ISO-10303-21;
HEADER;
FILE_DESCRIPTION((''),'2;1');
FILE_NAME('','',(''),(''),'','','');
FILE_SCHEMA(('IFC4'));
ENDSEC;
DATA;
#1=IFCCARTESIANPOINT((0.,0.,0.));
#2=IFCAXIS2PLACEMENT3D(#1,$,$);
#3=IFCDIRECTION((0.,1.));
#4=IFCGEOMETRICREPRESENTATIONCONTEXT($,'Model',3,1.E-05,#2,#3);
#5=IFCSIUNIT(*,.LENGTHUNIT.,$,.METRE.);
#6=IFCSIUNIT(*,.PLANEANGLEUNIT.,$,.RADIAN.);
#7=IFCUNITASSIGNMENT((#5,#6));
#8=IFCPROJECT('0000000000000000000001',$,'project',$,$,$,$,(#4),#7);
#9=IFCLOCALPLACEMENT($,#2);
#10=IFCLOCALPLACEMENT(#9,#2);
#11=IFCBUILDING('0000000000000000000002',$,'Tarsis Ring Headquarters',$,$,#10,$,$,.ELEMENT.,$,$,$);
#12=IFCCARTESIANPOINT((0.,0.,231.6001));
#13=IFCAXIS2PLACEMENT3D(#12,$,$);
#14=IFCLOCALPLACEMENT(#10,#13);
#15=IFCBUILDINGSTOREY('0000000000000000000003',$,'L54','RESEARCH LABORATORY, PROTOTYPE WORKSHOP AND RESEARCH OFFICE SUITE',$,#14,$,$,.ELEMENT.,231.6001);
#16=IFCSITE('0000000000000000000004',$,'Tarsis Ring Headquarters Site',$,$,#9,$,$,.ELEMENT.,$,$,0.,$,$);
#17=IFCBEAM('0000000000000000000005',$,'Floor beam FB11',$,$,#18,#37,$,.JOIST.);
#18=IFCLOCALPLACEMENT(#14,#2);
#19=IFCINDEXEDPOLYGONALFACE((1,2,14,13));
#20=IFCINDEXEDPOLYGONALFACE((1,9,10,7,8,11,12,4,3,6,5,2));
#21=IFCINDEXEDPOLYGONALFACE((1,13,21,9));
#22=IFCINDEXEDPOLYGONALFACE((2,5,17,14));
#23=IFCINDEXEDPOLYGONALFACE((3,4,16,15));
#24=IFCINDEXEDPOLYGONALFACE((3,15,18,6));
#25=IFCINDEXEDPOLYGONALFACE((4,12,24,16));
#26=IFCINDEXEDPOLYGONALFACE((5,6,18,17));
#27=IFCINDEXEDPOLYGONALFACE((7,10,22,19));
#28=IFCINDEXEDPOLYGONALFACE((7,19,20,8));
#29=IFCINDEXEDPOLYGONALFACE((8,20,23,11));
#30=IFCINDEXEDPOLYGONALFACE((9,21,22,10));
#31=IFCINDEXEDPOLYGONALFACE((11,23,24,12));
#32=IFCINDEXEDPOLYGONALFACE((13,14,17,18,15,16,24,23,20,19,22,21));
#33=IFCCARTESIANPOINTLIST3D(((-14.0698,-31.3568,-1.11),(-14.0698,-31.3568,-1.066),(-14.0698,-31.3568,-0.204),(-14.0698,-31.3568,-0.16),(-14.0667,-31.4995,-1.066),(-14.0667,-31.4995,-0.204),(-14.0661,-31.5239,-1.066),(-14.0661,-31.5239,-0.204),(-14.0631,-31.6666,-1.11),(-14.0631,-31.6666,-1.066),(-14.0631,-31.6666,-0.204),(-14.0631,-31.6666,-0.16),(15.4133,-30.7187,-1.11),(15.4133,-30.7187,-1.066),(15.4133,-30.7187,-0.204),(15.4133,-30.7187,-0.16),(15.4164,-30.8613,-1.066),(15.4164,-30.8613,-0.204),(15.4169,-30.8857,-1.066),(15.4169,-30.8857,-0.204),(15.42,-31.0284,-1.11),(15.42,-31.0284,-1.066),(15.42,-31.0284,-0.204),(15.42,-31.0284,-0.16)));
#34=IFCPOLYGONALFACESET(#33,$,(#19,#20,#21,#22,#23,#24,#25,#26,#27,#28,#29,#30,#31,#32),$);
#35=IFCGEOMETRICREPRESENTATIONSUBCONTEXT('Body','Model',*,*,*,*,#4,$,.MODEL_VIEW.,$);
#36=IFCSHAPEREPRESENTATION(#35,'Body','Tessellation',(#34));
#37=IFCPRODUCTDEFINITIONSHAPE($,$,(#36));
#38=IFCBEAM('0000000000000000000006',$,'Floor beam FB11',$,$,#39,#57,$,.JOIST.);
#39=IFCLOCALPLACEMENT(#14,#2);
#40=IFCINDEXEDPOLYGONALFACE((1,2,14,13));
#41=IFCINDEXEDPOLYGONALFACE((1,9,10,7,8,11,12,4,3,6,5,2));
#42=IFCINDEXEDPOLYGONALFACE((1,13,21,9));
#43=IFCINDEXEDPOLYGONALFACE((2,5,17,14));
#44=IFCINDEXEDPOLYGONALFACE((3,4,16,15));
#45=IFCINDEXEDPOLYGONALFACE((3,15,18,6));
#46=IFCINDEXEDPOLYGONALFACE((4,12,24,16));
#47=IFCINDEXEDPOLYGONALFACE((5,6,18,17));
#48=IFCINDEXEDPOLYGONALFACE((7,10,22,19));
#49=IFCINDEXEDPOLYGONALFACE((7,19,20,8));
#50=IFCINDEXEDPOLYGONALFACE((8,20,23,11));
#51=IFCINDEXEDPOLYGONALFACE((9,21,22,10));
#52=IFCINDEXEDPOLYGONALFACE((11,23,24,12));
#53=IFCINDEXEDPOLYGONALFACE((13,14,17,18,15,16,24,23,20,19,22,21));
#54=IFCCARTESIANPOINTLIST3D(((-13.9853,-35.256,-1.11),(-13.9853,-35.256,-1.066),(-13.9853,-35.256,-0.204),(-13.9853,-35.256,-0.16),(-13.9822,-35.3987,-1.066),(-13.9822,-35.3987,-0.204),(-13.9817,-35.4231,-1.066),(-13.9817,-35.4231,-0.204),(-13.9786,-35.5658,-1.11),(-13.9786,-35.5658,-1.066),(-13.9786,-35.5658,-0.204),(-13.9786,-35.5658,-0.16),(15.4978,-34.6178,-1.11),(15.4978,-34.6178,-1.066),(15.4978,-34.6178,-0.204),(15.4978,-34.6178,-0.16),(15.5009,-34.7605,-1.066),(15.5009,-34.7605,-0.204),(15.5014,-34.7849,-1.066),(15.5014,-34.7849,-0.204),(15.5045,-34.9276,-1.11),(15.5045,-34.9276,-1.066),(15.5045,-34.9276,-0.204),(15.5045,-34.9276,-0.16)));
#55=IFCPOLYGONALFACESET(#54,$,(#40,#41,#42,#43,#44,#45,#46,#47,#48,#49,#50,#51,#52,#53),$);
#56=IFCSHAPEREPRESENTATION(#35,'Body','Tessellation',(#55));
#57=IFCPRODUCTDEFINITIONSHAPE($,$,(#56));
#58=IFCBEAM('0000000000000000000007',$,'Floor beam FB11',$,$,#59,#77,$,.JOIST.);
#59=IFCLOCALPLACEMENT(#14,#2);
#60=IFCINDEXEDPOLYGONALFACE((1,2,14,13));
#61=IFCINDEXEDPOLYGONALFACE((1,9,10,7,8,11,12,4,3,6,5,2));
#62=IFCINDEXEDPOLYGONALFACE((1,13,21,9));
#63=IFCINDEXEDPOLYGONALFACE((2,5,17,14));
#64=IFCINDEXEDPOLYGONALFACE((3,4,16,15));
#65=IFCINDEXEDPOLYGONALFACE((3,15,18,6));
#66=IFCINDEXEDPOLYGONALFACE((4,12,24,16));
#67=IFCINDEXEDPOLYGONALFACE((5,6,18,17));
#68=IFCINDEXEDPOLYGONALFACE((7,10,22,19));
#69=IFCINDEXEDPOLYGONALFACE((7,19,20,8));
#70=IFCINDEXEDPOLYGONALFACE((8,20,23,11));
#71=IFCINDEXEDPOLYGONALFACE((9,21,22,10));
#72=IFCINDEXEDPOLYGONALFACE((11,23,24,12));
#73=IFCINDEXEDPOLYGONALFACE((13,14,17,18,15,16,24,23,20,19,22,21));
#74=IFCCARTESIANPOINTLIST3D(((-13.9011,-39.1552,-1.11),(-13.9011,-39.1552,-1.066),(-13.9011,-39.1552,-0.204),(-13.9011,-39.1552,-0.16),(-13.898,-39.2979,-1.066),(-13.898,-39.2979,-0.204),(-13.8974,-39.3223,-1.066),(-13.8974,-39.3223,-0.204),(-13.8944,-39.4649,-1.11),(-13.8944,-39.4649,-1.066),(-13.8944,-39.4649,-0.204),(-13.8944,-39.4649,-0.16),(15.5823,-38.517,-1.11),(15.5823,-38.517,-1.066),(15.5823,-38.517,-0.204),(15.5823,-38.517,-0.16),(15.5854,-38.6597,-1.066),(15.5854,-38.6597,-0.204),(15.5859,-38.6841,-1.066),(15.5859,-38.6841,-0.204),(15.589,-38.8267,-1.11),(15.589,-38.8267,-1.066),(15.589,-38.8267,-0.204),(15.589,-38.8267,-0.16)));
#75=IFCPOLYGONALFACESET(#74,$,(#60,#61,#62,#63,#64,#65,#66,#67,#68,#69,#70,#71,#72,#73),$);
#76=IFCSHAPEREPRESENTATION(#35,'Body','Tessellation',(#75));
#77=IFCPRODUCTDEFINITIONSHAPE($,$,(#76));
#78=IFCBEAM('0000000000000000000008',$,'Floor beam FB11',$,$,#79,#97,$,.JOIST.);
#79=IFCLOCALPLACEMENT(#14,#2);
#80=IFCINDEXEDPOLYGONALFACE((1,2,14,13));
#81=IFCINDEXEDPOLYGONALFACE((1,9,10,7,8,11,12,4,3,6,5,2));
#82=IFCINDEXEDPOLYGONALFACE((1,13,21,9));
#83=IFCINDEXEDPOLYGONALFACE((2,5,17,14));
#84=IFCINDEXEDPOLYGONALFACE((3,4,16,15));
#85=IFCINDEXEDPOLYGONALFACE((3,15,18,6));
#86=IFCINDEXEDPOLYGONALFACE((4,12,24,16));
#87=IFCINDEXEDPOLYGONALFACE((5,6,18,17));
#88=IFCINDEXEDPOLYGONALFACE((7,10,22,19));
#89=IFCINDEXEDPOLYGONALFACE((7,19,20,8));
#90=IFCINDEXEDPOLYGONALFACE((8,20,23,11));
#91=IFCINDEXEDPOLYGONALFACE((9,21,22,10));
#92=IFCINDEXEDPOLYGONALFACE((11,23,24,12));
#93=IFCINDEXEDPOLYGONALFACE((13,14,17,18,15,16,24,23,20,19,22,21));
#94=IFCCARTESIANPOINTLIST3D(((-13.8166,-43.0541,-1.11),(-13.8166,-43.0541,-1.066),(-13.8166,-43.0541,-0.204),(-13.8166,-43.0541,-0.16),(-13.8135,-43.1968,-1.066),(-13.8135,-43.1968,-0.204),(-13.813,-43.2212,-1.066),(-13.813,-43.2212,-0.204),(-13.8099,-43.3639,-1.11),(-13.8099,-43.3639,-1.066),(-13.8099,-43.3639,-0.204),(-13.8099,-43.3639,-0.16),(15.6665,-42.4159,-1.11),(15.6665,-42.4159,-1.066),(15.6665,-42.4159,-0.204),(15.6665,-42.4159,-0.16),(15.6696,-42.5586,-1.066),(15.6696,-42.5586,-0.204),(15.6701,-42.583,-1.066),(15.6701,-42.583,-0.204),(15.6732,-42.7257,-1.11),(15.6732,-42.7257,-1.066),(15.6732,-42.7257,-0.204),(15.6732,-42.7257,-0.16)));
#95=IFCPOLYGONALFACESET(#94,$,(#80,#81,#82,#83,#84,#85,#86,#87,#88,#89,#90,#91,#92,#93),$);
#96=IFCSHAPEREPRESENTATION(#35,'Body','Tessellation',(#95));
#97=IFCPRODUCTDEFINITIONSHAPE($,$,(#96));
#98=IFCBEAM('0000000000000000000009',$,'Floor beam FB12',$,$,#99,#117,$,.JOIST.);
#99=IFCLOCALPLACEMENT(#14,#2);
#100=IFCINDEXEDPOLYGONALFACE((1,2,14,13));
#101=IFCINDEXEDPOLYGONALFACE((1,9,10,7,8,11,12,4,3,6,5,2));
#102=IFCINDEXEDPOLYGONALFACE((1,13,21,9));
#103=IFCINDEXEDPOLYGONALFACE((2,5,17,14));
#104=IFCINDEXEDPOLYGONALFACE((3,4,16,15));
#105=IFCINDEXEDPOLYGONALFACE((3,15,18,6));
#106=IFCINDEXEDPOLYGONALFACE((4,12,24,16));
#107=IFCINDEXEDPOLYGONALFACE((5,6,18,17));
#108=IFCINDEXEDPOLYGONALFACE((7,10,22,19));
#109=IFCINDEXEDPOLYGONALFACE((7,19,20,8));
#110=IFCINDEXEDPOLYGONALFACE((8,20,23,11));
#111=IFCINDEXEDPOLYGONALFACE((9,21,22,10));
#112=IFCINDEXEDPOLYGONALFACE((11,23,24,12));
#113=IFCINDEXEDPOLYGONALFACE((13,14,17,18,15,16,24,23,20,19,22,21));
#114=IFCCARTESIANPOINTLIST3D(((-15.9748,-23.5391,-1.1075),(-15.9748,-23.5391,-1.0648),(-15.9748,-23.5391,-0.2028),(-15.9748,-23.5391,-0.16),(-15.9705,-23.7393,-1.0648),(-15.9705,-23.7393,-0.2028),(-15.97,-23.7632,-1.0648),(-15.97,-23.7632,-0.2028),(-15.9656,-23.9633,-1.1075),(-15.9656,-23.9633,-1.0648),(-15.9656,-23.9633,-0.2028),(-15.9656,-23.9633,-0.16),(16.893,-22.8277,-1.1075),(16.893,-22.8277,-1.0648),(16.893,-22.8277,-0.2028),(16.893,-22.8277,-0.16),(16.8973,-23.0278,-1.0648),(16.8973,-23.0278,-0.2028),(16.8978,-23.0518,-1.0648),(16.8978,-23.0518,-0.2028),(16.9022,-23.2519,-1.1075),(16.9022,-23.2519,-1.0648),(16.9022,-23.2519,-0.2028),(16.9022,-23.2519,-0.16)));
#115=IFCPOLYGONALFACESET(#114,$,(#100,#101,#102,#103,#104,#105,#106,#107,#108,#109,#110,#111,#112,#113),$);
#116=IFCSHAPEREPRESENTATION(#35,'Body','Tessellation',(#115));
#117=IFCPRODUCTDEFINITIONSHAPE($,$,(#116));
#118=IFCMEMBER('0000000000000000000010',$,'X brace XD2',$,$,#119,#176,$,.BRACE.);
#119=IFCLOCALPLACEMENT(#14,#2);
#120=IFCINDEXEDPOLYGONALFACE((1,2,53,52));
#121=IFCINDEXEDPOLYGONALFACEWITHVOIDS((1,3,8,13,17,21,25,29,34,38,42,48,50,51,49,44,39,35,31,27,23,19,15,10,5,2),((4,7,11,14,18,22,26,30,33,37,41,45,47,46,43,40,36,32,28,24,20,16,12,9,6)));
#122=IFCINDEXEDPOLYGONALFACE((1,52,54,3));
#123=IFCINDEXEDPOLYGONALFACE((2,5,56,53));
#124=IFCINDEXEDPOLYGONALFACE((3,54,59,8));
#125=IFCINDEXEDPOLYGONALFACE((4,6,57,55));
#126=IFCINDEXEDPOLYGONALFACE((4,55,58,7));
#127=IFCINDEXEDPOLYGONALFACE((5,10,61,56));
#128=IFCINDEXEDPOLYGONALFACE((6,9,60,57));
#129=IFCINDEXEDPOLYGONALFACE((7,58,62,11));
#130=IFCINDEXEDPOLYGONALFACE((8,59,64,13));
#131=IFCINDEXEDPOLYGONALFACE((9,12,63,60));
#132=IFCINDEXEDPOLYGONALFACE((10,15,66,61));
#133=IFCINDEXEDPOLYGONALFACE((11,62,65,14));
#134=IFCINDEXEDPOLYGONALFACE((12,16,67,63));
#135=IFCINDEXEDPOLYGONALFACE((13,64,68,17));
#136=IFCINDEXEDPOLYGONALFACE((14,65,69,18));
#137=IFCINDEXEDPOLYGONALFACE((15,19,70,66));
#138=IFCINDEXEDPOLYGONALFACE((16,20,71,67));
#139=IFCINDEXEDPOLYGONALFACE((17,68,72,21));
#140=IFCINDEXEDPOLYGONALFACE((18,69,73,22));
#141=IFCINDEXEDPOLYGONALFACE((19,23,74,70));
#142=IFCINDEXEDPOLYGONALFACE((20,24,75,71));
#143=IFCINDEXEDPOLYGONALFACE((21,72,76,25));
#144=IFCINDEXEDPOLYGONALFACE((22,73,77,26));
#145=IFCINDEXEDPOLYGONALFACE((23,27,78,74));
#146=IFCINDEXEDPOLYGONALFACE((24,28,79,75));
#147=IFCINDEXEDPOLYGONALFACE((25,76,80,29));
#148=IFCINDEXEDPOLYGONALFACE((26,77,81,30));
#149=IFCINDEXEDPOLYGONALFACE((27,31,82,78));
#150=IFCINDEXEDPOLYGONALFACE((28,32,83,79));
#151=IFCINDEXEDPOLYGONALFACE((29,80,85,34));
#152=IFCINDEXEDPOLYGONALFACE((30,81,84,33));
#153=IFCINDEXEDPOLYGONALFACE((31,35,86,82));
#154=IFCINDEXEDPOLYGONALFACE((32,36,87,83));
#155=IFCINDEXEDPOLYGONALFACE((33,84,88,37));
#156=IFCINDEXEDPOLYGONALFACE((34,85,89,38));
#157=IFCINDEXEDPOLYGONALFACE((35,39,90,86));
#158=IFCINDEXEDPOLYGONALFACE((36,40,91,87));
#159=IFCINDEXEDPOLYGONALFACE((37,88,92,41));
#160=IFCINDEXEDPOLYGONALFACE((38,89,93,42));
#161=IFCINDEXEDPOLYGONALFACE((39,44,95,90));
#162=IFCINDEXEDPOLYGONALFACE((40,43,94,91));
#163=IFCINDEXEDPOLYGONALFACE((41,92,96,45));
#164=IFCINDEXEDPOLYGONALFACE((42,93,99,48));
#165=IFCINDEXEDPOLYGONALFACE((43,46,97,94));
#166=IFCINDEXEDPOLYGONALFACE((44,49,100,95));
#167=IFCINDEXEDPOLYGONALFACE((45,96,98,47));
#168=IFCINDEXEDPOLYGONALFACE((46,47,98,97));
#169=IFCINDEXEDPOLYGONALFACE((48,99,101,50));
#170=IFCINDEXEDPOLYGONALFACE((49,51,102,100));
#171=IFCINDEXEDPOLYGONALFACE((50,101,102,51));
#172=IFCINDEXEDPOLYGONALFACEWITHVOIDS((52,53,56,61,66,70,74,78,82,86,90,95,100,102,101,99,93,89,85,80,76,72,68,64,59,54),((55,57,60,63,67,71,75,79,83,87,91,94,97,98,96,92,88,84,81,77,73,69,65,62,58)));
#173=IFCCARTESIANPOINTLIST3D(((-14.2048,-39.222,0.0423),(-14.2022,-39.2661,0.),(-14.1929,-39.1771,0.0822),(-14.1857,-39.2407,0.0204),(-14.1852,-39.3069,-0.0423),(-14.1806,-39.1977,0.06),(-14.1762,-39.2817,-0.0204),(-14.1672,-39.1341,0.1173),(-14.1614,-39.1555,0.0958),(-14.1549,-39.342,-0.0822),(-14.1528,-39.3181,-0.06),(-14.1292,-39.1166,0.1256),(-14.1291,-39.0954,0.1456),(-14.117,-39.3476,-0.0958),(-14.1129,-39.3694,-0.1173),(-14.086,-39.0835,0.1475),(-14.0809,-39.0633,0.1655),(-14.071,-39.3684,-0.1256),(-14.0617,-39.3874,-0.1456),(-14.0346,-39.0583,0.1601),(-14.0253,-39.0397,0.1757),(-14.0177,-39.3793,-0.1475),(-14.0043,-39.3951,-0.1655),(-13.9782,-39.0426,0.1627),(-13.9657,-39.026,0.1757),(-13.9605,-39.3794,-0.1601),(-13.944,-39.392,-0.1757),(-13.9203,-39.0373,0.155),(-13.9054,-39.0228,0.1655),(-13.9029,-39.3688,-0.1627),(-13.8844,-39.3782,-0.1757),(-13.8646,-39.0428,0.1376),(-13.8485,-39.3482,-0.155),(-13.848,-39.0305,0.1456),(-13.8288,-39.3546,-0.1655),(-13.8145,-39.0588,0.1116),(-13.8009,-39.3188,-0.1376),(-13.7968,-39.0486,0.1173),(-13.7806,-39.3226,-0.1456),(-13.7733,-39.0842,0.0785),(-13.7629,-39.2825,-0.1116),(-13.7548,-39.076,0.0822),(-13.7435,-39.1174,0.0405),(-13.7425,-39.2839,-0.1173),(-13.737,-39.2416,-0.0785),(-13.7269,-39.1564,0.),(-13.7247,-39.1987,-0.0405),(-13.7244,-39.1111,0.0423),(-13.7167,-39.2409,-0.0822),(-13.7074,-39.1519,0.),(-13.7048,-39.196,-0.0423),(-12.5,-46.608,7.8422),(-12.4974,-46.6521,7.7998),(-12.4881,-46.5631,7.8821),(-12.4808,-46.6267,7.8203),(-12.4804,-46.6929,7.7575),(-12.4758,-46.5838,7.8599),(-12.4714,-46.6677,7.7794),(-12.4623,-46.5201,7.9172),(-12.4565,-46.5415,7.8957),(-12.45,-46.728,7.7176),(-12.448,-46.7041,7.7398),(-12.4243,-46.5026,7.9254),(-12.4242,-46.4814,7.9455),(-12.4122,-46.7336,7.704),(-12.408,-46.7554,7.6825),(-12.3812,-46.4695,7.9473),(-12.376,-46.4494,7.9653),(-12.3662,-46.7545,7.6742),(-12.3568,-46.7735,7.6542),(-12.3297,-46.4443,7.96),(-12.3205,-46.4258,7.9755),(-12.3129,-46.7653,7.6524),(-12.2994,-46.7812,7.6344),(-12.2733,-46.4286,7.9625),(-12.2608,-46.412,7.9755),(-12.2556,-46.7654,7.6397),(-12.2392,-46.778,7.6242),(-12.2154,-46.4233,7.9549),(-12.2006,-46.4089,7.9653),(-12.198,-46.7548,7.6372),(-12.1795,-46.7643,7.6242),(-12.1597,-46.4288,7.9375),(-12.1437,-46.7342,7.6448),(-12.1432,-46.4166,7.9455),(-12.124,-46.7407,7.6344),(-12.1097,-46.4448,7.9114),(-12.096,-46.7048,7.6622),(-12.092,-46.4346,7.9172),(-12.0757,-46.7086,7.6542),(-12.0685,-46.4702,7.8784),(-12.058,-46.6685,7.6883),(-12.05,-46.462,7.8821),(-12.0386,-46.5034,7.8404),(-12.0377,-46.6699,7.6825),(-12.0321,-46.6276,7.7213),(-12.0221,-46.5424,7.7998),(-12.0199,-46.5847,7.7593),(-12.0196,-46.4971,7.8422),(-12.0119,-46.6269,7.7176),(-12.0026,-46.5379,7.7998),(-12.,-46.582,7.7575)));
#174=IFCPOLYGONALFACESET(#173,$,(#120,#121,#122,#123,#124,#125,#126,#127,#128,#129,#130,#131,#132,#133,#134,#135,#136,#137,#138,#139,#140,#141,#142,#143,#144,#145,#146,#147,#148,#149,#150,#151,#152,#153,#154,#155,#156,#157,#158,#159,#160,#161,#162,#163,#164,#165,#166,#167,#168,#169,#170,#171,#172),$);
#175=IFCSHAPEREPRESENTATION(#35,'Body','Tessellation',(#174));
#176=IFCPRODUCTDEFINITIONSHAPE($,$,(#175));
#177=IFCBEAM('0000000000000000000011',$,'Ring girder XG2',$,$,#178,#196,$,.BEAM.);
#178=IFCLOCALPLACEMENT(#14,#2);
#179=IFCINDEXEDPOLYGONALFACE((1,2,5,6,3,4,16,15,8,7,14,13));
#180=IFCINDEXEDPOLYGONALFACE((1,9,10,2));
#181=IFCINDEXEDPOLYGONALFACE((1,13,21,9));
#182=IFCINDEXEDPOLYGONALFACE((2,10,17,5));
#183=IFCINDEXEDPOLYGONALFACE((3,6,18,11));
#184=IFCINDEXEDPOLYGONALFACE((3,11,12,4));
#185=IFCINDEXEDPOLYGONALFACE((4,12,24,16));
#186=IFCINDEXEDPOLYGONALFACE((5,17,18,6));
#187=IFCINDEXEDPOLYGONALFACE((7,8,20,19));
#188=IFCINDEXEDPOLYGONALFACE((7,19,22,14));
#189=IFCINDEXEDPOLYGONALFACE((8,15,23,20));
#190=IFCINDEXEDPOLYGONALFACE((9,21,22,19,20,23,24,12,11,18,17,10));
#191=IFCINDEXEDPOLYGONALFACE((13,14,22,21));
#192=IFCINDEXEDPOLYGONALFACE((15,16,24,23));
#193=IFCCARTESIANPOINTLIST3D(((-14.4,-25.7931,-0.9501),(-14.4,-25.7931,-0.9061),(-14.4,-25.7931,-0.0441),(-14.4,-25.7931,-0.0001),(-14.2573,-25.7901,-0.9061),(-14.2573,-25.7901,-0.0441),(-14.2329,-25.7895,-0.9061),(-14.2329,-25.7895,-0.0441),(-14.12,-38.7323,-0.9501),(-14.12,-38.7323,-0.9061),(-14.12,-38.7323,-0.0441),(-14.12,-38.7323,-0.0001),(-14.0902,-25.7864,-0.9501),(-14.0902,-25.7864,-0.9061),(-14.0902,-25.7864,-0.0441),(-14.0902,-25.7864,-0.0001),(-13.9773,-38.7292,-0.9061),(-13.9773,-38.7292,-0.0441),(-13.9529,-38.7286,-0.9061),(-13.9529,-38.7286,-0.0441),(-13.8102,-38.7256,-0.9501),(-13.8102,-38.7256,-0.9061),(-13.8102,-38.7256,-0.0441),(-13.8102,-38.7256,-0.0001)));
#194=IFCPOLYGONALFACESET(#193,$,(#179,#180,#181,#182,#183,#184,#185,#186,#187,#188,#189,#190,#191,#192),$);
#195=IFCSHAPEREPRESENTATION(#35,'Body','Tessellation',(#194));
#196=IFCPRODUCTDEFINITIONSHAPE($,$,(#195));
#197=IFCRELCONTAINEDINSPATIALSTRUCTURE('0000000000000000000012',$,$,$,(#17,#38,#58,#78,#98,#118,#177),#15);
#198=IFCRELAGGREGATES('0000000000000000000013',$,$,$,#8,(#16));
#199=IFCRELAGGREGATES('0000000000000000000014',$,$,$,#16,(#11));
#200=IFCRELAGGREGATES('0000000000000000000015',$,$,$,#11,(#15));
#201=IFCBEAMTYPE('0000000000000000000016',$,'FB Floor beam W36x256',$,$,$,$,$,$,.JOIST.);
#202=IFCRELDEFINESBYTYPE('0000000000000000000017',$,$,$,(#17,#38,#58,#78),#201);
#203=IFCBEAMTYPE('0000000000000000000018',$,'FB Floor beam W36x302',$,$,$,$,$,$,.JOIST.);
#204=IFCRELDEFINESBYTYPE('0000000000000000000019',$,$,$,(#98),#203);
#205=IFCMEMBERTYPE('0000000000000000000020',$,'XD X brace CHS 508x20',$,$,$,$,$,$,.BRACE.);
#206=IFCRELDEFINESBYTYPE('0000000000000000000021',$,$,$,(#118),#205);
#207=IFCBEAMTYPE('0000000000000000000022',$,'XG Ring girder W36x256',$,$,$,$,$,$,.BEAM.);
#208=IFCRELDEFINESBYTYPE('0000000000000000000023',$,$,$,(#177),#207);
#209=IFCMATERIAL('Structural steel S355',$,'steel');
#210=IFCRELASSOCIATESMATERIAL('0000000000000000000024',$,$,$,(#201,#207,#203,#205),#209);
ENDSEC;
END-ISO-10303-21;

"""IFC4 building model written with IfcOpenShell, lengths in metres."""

from ifc_helpers import new_model, si_unit, direction, frame, origin, origin_2d, place, context, subcontext, project, spatial, hollow_circle, i_section, extrude, material, material_profile, profile_set, type_object, element, save


model = new_model("IFC4")

# Units and contexts
model_context = context("Model", 3, precision=1e-05, world=origin(), true_north=direction((0.0, 1.0)))
body_context = subcontext(model_context, "Body", "Model", "MODEL_VIEW")
ifc_project = project(units=[si_unit("LENGTHUNIT", "METRE"), si_unit("PLANEANGLEUNIT", "RADIAN")], contexts=[model_context])

# Site, building, storey
site_placement = place(None, origin())
site = spatial("IfcSite", under=ifc_project, at=site_placement, Name="Tarsis Ring Headquarters Site", CompositionType="ELEMENT", RefElevation=0.0)
building_placement = place(site_placement, origin())
building = spatial("IfcBuilding", under=site, at=building_placement, Name="Tarsis Ring Headquarters", CompositionType="ELEMENT")
storey_placement = place(building_placement, frame((0.0, 0.0, 231.6001)))
storey = spatial("IfcBuildingStorey", under=building, at=storey_placement, Name="L54", Description="RESEARCH LABORATORY, PROTOTYPE WORKSHOP AND RESEARCH OFFICE SUITE", CompositionType="ELEMENT", Elevation=231.6001)

# Shared definitions
ifc_material_1 = material(Name="Structural steel S355", Category="steel")

# Beams
ifc_material_profile_1 = material_profile(ifc_material_1, i_section(OverallWidth=0.3098, OverallDepth=0.95, WebThickness=0.0244, FlangeThickness=0.0439, at=origin_2d()), Name="W36x256")
ifc_profile_set_1 = profile_set([ifc_material_profile_1], Name="Structural steel S355")
beam_type_1 = type_object("IfcBeamType", Name="FB Floor beam W36x256", PredefinedType="JOIST", material=ifc_profile_set_1)
for number, where, z_axis, x_axis, name in (
    (1, (-14.0664, -31.5117, -0.635), (0.999766, 0.021641, 0.0), (-0.021641, 0.999766, 0.0), "Floor beam FB11"),
    (2, (-13.9819, -35.4109, -0.635), (0.999766, 0.021641, 0.0), (-0.021641, 0.999766, 0.0), "Floor beam FB11"),
):
    element("IfcBeam", number, at=place(storey_placement, frame(where, z_axis=z_axis, x_axis=x_axis)), inside=storey, type_object=beam_type_1, Name=name, PredefinedType="JOIST", context=body_context, shape_type="SweptSolid", body=[
        extrude(i_section(OverallWidth=0.3098, OverallDepth=0.95, WebThickness=0.0244, FlangeThickness=0.0439, at=origin_2d()), origin(), (0.0, 0.0, 1.0), 29.49),
    ])
beam_1_placement = place(storey_placement, frame((-13.8977, -39.3101, -0.635), z_axis=(0.999766, 0.02164, 0.0), x_axis=(-0.02164, 0.999766, 0.0)))
element("IfcBeam", 3, at=beam_1_placement, inside=storey, type_object=beam_type_1, Name="Floor beam FB11", PredefinedType="JOIST", context=body_context, shape_type="SweptSolid", body=[
    extrude(i_section(OverallWidth=0.3098, OverallDepth=0.95, WebThickness=0.0244, FlangeThickness=0.0439, at=origin_2d()), origin(), (0.0, 0.0, 1.0), 29.4902),
])
beam_2_placement = place(storey_placement, frame((-13.8132, -43.209, -0.635), z_axis=(0.999766, 0.021641, 0.0), x_axis=(-0.021641, 0.999766, 0.0)))
element("IfcBeam", 4, at=beam_2_placement, inside=storey, type_object=beam_type_1, Name="Floor beam FB11", PredefinedType="JOIST", context=body_context, shape_type="SweptSolid", body=[
    extrude(i_section(OverallWidth=0.3098, OverallDepth=0.95, WebThickness=0.0244, FlangeThickness=0.0439, at=origin_2d()), origin(), (0.0, 0.0, 1.0), 29.49),
])
ifc_material_profile_2 = material_profile(ifc_material_1, i_section(OverallWidth=0.4243, OverallDepth=0.9475, WebThickness=0.0239, FlangeThickness=0.0427, at=origin_2d()), Name="W36x302")
ifc_profile_set_2 = profile_set([ifc_material_profile_2], Name="Structural steel S355")
beam_type_2 = type_object("IfcBeamType", Name="FB Floor beam W36x302", PredefinedType="JOIST", material=ifc_profile_set_2)
beam_3_placement = place(storey_placement, frame((-15.9702, -23.7512, -0.6338), z_axis=(0.999766, 0.02164, 0.0), x_axis=(-0.02164, 0.999766, 0.0)))
element("IfcBeam", 5, at=beam_3_placement, inside=storey, type_object=beam_type_2, Name="Floor beam FB12", PredefinedType="JOIST", context=body_context, shape_type="SweptSolid", body=[
    extrude(i_section(OverallWidth=0.4243, OverallDepth=0.9475, WebThickness=0.0239, FlangeThickness=0.0427, at=origin_2d()), origin(), (0.0, 0.0, 1.0), 32.8755),
])

# Member
ifc_material_profile_3 = material_profile(ifc_material_1, hollow_circle(Radius=0.2539, WallThickness=0.02, at=origin_2d()), Name="CHS 508x20")
ifc_profile_set_3 = profile_set([ifc_material_profile_3], Name="Structural steel S355")
member_type = type_object("IfcMemberType", Name="XD X brace CHS 508x20", PredefinedType="BRACE", material=ifc_profile_set_3)
member_placement = place(storey_placement, frame((-13.9548, -39.209, 0.0), z_axis=(0.156746, -0.679083, 0.717131), x_axis=(0.97438, 0.224907, 0.0)))
element("IfcMember", 6, at=member_placement, inside=storey, type_object=member_type, Name="X brace XD2", PredefinedType="BRACE", context=body_context, shape_type="SweptSolid", body=[
    extrude(hollow_circle(Radius=0.2539, WallThickness=0.02, at=origin_2d()), origin(), (0.0, 0.0, 1.0), 10.8765),
])

# Beam
beam_type_3 = type_object("IfcBeamType", Name="XG Ring girder W36x256", PredefinedType="BEAM", material=ifc_profile_set_1)
beam_4_placement = place(storey_placement, frame((-14.2451, -25.7898, -0.4751), z_axis=(0.021637, -0.999766, 0.0), x_axis=(0.999766, 0.021637, 0.0)))
element("IfcBeam", 7, at=beam_4_placement, inside=storey, type_object=beam_type_3, Name="Ring girder XG2", PredefinedType="BEAM", context=body_context, shape_type="SweptSolid", body=[
    extrude(i_section(OverallWidth=0.3098, OverallDepth=0.95, WebThickness=0.0244, FlangeThickness=0.0439, at=origin_2d()), origin(), (0.0, 0.0, 1.0), 12.9421),
])

save(model, "model.ifc")
